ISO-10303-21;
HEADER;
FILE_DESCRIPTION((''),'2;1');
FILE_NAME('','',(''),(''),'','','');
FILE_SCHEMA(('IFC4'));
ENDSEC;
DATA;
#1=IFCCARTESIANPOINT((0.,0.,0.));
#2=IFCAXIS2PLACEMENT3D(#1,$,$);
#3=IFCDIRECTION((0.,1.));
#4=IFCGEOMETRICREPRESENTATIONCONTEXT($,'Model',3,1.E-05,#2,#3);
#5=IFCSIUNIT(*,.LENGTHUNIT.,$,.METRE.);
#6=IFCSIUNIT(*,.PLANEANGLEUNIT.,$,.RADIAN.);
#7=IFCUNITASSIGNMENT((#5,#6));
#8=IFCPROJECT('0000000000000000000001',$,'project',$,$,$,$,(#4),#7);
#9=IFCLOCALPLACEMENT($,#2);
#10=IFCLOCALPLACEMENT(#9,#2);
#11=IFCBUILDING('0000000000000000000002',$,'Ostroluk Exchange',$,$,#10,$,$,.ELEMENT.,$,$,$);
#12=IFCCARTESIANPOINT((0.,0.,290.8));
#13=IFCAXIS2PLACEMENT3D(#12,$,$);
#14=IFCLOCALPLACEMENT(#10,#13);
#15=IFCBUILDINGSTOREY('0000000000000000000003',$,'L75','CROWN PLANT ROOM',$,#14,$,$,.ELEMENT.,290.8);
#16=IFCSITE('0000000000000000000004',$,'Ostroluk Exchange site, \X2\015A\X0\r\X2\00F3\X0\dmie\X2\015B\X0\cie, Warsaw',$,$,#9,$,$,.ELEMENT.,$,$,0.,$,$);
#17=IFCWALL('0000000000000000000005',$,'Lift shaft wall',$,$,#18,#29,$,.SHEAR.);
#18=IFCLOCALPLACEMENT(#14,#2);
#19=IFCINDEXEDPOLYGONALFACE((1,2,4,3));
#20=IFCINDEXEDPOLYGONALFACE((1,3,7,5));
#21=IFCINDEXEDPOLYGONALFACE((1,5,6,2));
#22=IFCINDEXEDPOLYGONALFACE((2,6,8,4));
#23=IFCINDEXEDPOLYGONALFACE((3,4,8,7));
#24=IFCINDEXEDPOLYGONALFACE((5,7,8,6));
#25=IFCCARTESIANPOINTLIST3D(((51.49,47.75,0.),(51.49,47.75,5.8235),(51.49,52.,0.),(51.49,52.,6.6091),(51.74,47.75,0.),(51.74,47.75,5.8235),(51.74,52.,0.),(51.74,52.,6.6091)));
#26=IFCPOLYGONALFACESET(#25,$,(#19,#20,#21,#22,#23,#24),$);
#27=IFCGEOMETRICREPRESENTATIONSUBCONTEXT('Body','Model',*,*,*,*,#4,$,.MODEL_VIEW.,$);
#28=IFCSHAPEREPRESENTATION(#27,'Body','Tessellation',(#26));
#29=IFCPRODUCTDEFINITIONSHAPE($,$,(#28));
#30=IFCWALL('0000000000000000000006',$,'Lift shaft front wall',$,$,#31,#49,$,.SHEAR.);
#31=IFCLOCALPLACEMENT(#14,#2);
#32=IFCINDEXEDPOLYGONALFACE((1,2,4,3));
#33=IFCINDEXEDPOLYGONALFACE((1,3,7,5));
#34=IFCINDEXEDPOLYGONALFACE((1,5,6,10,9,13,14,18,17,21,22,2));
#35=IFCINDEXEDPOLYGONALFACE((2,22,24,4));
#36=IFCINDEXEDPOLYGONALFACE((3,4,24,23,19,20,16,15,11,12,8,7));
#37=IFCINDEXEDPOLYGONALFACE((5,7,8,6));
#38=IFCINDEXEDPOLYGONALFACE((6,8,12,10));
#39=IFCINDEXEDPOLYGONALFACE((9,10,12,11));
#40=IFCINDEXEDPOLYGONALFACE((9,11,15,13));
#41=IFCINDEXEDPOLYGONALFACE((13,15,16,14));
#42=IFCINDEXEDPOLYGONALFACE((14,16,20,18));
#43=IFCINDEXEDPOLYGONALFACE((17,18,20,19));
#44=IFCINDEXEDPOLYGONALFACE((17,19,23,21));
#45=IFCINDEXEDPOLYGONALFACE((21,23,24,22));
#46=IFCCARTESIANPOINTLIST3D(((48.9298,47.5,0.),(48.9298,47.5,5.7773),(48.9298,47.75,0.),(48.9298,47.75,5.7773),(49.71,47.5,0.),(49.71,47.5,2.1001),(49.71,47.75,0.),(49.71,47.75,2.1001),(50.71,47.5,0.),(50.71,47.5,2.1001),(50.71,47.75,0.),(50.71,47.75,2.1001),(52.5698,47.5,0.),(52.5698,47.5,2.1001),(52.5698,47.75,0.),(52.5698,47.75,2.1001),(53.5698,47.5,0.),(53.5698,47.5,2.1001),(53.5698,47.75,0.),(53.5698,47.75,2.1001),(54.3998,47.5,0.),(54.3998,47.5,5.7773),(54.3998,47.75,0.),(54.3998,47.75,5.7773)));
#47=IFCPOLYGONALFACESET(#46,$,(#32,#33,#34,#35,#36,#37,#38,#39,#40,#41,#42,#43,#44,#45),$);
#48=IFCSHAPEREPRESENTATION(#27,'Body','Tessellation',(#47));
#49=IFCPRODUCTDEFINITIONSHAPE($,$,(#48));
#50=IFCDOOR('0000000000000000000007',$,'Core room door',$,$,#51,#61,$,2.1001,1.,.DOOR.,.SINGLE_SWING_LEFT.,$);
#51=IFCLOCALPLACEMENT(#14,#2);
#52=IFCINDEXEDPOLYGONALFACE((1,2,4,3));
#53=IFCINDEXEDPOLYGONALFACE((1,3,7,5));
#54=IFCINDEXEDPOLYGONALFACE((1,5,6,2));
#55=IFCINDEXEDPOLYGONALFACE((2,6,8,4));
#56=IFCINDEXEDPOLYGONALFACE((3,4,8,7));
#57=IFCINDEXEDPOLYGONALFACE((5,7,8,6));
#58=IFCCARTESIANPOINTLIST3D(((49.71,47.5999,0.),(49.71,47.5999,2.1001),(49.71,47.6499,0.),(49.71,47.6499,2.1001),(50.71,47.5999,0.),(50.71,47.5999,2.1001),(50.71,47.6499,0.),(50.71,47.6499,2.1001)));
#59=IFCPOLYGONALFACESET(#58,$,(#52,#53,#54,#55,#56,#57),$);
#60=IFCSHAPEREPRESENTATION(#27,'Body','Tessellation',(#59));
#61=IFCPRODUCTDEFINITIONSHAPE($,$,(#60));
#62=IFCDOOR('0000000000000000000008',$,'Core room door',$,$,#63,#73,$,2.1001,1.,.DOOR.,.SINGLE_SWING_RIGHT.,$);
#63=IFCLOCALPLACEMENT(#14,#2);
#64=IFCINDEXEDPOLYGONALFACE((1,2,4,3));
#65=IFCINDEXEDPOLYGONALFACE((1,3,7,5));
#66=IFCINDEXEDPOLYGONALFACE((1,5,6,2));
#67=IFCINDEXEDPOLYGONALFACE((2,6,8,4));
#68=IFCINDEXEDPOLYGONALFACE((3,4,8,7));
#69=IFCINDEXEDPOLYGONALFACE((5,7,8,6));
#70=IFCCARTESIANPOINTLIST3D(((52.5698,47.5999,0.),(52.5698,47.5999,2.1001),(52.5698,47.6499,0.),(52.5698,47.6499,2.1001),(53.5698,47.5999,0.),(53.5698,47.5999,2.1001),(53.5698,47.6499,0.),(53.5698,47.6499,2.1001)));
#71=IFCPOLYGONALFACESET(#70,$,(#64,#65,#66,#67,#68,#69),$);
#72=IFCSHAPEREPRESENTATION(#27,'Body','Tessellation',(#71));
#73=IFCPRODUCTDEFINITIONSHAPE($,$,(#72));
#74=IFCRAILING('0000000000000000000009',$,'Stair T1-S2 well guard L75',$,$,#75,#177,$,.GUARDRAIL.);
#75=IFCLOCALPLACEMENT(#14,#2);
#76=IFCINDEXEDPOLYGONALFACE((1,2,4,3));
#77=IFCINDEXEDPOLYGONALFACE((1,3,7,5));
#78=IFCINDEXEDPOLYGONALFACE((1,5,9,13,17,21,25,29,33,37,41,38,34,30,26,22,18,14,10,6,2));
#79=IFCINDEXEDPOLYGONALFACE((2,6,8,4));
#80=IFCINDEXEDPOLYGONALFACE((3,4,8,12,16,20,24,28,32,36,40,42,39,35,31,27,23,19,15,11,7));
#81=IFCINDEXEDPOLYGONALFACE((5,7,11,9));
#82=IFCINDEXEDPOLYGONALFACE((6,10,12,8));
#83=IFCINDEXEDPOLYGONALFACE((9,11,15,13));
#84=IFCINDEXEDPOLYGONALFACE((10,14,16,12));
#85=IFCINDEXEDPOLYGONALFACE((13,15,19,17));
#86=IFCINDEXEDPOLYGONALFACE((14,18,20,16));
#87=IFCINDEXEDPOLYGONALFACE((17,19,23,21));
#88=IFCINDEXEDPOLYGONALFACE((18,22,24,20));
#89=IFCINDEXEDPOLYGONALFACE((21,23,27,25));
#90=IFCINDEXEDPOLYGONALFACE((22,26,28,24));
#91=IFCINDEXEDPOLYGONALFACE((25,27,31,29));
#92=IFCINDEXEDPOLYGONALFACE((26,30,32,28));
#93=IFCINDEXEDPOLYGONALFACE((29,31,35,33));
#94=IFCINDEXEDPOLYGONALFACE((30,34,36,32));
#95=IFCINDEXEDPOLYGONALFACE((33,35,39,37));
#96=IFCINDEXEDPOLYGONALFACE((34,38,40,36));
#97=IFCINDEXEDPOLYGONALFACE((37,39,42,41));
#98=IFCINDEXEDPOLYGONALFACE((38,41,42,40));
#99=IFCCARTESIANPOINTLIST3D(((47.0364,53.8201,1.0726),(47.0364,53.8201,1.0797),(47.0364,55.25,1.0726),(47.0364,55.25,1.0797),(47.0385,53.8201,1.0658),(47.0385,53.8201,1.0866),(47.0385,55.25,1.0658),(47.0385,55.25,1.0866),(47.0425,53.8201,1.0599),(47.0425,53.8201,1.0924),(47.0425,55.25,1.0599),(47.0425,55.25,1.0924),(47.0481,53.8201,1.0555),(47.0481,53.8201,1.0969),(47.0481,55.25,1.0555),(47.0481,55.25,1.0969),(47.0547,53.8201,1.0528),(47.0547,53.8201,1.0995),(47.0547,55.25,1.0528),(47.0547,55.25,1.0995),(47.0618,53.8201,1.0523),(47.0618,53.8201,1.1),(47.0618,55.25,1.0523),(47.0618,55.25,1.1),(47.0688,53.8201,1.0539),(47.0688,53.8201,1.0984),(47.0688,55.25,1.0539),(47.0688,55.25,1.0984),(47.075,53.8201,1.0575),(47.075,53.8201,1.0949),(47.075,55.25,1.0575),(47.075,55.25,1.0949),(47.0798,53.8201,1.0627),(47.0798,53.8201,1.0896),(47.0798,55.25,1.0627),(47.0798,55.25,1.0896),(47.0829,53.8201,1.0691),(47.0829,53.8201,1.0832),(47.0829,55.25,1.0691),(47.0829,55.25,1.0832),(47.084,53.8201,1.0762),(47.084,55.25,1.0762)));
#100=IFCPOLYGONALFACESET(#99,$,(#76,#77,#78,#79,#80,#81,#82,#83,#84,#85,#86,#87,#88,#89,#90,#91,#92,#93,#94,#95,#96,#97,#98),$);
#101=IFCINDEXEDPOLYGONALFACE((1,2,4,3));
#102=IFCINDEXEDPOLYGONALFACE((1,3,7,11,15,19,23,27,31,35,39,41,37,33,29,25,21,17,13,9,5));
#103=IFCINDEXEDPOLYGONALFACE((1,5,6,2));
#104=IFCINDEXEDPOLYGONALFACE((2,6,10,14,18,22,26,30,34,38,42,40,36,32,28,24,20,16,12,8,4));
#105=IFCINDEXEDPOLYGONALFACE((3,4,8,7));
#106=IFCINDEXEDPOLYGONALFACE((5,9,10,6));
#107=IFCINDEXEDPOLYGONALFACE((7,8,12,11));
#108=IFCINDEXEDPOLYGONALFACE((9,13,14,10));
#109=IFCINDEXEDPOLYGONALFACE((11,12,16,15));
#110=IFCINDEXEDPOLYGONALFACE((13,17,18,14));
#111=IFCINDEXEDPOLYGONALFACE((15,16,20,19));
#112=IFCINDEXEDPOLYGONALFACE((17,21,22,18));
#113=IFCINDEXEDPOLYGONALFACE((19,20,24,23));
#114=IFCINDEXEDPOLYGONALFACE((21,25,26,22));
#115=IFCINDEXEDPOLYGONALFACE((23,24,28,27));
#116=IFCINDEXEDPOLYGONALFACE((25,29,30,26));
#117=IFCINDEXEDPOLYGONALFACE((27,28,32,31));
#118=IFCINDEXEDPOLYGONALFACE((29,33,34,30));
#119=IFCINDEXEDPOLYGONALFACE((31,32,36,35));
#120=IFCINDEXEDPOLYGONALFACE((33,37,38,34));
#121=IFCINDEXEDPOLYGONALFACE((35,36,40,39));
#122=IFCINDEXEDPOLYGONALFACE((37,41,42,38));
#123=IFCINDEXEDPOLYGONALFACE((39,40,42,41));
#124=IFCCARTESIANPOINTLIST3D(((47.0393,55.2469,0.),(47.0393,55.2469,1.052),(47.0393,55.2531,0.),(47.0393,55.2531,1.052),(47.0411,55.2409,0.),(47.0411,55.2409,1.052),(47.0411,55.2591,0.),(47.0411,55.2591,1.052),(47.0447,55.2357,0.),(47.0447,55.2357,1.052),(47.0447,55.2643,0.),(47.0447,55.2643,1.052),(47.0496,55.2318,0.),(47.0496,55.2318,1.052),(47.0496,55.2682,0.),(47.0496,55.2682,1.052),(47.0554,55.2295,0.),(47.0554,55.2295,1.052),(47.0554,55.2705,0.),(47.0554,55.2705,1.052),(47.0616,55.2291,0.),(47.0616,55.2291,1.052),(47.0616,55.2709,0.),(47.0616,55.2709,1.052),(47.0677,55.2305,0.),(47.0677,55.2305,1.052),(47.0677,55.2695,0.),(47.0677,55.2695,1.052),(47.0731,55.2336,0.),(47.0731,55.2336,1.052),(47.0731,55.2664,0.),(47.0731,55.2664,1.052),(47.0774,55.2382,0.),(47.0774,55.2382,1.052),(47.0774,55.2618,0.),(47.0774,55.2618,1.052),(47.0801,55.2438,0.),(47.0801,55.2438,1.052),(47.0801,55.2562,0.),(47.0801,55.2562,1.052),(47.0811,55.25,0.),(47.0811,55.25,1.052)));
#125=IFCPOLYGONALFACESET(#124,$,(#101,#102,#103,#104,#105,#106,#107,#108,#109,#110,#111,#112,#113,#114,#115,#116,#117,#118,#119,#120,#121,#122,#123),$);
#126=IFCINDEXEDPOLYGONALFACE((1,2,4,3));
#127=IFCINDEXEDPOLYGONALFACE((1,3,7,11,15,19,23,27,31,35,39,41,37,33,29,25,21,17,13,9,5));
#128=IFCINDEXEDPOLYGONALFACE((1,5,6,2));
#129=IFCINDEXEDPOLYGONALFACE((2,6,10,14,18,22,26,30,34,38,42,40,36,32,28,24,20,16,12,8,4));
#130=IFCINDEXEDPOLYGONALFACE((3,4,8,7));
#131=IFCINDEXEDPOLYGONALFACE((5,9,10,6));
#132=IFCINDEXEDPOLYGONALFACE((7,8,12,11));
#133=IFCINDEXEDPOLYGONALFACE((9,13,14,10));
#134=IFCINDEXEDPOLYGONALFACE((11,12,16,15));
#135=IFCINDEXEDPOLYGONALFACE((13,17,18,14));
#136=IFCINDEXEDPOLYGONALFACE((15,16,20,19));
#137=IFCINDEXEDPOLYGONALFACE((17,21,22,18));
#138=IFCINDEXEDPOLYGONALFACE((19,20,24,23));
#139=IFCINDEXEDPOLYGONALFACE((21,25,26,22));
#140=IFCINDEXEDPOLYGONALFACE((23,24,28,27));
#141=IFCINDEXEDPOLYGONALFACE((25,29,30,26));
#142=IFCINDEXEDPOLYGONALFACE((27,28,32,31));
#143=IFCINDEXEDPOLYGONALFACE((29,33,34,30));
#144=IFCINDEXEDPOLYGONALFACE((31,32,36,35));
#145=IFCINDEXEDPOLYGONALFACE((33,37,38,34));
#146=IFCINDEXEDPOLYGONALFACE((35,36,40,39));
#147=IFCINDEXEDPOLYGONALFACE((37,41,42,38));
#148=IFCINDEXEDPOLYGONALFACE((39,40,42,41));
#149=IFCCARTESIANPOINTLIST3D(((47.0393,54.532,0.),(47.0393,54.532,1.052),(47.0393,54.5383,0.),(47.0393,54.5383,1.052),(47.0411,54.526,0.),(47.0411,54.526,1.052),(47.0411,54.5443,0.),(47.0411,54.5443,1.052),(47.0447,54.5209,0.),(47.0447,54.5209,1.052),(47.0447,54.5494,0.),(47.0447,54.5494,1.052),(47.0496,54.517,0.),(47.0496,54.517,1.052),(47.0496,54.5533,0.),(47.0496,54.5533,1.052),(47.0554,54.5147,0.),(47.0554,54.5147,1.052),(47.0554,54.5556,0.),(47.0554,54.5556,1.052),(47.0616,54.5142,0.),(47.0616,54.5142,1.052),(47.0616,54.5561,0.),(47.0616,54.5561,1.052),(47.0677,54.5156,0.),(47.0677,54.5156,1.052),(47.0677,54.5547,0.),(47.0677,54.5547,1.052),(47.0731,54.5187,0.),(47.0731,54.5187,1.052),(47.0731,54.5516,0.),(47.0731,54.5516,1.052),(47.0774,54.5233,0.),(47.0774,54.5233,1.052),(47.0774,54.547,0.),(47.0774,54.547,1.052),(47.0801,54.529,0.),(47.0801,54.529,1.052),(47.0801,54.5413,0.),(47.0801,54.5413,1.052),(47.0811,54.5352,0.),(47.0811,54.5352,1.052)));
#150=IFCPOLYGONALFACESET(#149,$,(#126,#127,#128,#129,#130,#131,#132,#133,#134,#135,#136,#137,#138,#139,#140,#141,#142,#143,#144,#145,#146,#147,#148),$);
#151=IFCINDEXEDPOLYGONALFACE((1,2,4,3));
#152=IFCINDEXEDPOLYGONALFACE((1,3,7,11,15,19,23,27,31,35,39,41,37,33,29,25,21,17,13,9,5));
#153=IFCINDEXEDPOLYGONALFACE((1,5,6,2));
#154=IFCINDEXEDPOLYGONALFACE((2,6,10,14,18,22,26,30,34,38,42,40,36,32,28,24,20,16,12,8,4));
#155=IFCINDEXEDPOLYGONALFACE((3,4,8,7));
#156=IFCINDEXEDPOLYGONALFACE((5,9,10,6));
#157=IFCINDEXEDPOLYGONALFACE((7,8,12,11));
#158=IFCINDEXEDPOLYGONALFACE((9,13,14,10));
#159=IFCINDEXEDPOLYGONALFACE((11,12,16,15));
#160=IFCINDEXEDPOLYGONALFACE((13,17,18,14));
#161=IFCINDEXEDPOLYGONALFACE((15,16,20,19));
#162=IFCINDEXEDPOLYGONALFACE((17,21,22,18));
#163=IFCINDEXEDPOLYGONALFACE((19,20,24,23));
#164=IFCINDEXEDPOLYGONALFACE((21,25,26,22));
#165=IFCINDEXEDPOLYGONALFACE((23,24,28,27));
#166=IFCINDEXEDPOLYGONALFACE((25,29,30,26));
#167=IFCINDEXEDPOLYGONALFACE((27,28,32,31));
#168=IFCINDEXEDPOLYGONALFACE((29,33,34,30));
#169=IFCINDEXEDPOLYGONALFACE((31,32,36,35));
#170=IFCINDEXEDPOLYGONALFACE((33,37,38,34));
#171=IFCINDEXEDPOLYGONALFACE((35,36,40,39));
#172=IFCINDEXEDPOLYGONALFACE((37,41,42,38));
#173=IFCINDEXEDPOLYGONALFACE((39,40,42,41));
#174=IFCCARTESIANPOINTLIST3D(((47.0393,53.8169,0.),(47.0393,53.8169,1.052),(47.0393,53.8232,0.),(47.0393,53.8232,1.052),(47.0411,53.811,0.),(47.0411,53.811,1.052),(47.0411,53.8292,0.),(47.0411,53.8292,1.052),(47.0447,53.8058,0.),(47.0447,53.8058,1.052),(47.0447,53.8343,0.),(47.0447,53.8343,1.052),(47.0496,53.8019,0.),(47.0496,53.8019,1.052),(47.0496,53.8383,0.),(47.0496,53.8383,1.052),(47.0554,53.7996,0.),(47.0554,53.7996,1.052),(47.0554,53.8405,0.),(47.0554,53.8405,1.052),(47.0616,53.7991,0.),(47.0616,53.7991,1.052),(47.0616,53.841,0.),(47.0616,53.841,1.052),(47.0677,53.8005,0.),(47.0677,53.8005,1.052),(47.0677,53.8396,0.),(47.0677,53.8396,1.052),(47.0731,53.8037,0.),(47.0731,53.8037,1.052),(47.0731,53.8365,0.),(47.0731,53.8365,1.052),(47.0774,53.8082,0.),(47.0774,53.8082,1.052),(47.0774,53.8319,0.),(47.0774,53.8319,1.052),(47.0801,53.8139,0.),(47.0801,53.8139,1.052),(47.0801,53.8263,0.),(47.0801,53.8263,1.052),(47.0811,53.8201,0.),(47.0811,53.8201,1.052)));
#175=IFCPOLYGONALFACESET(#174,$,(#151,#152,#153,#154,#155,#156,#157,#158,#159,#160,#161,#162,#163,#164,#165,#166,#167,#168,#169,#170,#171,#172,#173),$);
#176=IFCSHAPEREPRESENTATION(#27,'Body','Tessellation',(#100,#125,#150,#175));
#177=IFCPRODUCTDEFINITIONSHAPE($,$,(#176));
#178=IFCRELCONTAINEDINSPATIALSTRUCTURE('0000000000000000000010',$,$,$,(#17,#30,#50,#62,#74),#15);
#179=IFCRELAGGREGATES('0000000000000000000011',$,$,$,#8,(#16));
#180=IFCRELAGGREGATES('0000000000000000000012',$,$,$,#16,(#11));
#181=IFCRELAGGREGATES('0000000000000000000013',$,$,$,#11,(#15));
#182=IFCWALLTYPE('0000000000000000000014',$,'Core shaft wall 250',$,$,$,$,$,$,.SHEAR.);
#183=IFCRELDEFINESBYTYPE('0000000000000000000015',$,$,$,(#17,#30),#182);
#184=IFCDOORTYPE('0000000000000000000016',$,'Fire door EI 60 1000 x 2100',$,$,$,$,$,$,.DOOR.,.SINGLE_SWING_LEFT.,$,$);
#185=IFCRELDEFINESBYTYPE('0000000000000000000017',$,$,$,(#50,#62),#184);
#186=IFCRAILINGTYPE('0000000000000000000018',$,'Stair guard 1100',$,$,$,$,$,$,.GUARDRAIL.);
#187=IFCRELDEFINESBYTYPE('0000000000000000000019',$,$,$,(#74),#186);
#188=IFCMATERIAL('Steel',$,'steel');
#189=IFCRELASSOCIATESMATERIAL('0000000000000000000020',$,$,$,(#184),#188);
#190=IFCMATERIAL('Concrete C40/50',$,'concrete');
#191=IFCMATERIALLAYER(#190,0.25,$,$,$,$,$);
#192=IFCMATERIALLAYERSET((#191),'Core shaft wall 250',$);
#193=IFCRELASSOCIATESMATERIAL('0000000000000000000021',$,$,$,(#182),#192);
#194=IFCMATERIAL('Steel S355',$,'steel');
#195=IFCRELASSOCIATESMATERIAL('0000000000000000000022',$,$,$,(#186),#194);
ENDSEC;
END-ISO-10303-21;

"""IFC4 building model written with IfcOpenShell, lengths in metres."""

from ifc_helpers import new_model, si_unit, direction, frame, frame_2d, origin, origin_2d, place, context, subcontext, project, spatial, polyline, rectangle, circle, outline, extrude, material, layer, layer_set, type_object, element, fill, save


model = new_model("IFC4")

# Units and contexts
model_context = context("Model", 3, precision=1e-05, world=origin(), true_north=direction((0.0, 1.0)))
body_context = subcontext(model_context, "Body", "Model", "MODEL_VIEW")
ifc_project = project(units=[si_unit("LENGTHUNIT", "METRE"), si_unit("PLANEANGLEUNIT", "RADIAN")], contexts=[model_context])

# Site, building, storey
site_placement = place(None, origin())
site = spatial("IfcSite", under=ifc_project, at=site_placement, Name="Ostroluk Exchange site, Śródmieście, Warsaw", CompositionType="ELEMENT", RefElevation=0.0)
building_placement = place(site_placement, origin())
building = spatial("IfcBuilding", under=site, at=building_placement, Name="Ostroluk Exchange", CompositionType="ELEMENT")
storey_placement = place(building_placement, frame((0.0, 0.0, 290.8)))
storey = spatial("IfcBuildingStorey", under=building, at=storey_placement, Name="L75", Description="CROWN PLANT ROOM", CompositionType="ELEMENT", Elevation=290.8)

# Shared definitions
ifc_material_1 = material(Name="Steel", Category="steel")
door_type_1 = type_object("IfcDoorType", Name="Fire door EI 60 1000 x 2100", OperationType="SINGLE_SWING_LEFT", PredefinedType="DOOR", material=ifc_material_1)
ifc_material_2 = material(Name="Concrete C40/50", Category="concrete")
ifc_layer_1 = layer(ifc_material_2, 0.25)
ifc_layer_set_1 = layer_set([ifc_layer_1], Name="Core shaft wall 250")
wall_type_1 = type_object("IfcWallType", Name="Core shaft wall 250", PredefinedType="SHEAR", material=ifc_layer_set_1)

# Wall
wall_1_placement = place(storey_placement, frame((51.615, 47.75, 0.0), z_axis=(0.0, 0.0, 1.0), x_axis=(0.0, 1.0, 0.0)))
element("IfcWall", 1, at=wall_1_placement, inside=storey, type_object=wall_type_1, Name="Lift shaft wall", PredefinedType="SHEAR", context=body_context, shape_type="SweptSolid", body=[
    extrude(outline(polyline([(0.0, 0.0), (4.25, 0.0), (4.25, 6.6091), (0.0, 5.8235), (0.0, 0.0)])), frame((0.0, 0.125, 0.0), z_axis=(0.0, -1.0, 0.0), x_axis=(1.0, 0.0, 0.0)), (0.0, 0.0, 1.0), 0.25),
])

# Wall, openings, doors
wall_2_placement = place(storey_placement, frame((48.9299, 47.625, 0.0), z_axis=(0.0, 0.0, 1.0), x_axis=(1.0, 0.0, 0.0)))
wall_2 = element("IfcWall", 2, at=wall_2_placement, inside=storey, type_object=wall_type_1, Name="Lift shaft front wall", PredefinedType="SHEAR", context=body_context, shape_type="SweptSolid", body=[
    extrude(rectangle(XDim=5.47, YDim=0.25, at=frame_2d((2.7349, 0.0))), origin(), (0.0, 0.0, 1.0), 5.7773),
])
opening_1_placement = place(wall_2_placement, frame((0.78, 0.0, 0.0)))
opening_1 = element("IfcOpeningElement", 3, at=opening_1_placement, cuts=wall_2, PredefinedType="OPENING", context=body_context, shape_type="SweptSolid", body=[
    extrude(rectangle(XDim=1.0, YDim=2.1001, at=frame_2d((0.5, 1.05))), frame((0.0, 0.135, 0.0), z_axis=(0.0, -1.0, 0.0), x_axis=(1.0, 0.0, 0.0)), (0.0, 0.0, 1.0), 0.27),
])
opening_2_placement = place(wall_2_placement, frame((3.6399, 0.0, 0.0)))
opening_2 = element("IfcOpeningElement", 4, at=opening_2_placement, cuts=wall_2, PredefinedType="OPENING", context=body_context, shape_type="SweptSolid", body=[
    extrude(rectangle(XDim=1.0, YDim=2.1001, at=frame_2d((0.5, 1.05))), frame((0.0, 0.135, 0.0), z_axis=(0.0, -1.0, 0.0), x_axis=(1.0, 0.0, 0.0)), (0.0, 0.0, 1.0), 0.27),
])
door_1_placement = place(opening_1_placement, origin())
door_1 = element("IfcDoor", 5, at=door_1_placement, inside=storey, type_object=door_type_1, Name="Core room door", OperationType="SINGLE_SWING_LEFT", OverallHeight=2.1001, OverallWidth=1.0, PredefinedType="DOOR", context=body_context, shape_type="SweptSolid", body=[
    extrude(rectangle(XDim=1.0, YDim=2.1001, at=frame_2d((0.5, 1.05))), frame((0.0, 0.0249, 0.0), z_axis=(0.0, -1.0, 0.0), x_axis=(1.0, 0.0, 0.0)), (0.0, 0.0, 1.0), 0.05),
])
fill(opening_1, door_1)
door_2_placement = place(opening_2_placement, origin())
door_2 = element("IfcDoor", 6, at=door_2_placement, inside=storey, type_object=door_type_1, Name="Core room door", OperationType="SINGLE_SWING_RIGHT", OverallHeight=2.1001, OverallWidth=1.0, PredefinedType="DOOR", context=body_context, shape_type="SweptSolid", body=[
    extrude(rectangle(XDim=1.0, YDim=2.1001, at=frame_2d((0.5, 1.05))), frame((0.0, 0.0249, 0.0), z_axis=(0.0, -1.0, 0.0), x_axis=(1.0, 0.0, 0.0)), (0.0, 0.0, 1.0), 0.05),
])
fill(opening_2, door_2)

# Railing
ifc_material_3 = material(Name="Steel S355", Category="steel")
railing_type = type_object("IfcRailingType", Name="Stair guard 1100", PredefinedType="GUARDRAIL", material=ifc_material_3)
railing_placement = place(storey_placement, frame((47.0601, 55.25, 0.0)))
element("IfcRailing", 7, at=railing_placement, inside=storey, type_object=railing_type, Name="Stair T1-S2 well guard L75", PredefinedType="GUARDRAIL", context=body_context, shape_type="SweptSolid", body=[
    extrude(circle(Radius=0.0239, at=origin_2d()), frame((0.0, 0.0, 1.0762), z_axis=(0.0, -1.0, 0.0), x_axis=(1.0, 0.0, 0.0)), (0.0, 0.0, 1.0), 1.4299),
    extrude(circle(Radius=0.021, at=origin_2d()), origin(), (0.0, 0.0, 1.0), 1.052),
    extrude(circle(Radius=0.021, at=origin_2d()), frame((0.0, -0.7148, 0.0)), (0.0, 0.0, 1.0), 1.052),
    extrude(circle(Radius=0.021, at=origin_2d()), frame((0.0, -1.4299, 0.0)), (0.0, 0.0, 1.0), 1.052),
])

save(model, "model.ifc")
